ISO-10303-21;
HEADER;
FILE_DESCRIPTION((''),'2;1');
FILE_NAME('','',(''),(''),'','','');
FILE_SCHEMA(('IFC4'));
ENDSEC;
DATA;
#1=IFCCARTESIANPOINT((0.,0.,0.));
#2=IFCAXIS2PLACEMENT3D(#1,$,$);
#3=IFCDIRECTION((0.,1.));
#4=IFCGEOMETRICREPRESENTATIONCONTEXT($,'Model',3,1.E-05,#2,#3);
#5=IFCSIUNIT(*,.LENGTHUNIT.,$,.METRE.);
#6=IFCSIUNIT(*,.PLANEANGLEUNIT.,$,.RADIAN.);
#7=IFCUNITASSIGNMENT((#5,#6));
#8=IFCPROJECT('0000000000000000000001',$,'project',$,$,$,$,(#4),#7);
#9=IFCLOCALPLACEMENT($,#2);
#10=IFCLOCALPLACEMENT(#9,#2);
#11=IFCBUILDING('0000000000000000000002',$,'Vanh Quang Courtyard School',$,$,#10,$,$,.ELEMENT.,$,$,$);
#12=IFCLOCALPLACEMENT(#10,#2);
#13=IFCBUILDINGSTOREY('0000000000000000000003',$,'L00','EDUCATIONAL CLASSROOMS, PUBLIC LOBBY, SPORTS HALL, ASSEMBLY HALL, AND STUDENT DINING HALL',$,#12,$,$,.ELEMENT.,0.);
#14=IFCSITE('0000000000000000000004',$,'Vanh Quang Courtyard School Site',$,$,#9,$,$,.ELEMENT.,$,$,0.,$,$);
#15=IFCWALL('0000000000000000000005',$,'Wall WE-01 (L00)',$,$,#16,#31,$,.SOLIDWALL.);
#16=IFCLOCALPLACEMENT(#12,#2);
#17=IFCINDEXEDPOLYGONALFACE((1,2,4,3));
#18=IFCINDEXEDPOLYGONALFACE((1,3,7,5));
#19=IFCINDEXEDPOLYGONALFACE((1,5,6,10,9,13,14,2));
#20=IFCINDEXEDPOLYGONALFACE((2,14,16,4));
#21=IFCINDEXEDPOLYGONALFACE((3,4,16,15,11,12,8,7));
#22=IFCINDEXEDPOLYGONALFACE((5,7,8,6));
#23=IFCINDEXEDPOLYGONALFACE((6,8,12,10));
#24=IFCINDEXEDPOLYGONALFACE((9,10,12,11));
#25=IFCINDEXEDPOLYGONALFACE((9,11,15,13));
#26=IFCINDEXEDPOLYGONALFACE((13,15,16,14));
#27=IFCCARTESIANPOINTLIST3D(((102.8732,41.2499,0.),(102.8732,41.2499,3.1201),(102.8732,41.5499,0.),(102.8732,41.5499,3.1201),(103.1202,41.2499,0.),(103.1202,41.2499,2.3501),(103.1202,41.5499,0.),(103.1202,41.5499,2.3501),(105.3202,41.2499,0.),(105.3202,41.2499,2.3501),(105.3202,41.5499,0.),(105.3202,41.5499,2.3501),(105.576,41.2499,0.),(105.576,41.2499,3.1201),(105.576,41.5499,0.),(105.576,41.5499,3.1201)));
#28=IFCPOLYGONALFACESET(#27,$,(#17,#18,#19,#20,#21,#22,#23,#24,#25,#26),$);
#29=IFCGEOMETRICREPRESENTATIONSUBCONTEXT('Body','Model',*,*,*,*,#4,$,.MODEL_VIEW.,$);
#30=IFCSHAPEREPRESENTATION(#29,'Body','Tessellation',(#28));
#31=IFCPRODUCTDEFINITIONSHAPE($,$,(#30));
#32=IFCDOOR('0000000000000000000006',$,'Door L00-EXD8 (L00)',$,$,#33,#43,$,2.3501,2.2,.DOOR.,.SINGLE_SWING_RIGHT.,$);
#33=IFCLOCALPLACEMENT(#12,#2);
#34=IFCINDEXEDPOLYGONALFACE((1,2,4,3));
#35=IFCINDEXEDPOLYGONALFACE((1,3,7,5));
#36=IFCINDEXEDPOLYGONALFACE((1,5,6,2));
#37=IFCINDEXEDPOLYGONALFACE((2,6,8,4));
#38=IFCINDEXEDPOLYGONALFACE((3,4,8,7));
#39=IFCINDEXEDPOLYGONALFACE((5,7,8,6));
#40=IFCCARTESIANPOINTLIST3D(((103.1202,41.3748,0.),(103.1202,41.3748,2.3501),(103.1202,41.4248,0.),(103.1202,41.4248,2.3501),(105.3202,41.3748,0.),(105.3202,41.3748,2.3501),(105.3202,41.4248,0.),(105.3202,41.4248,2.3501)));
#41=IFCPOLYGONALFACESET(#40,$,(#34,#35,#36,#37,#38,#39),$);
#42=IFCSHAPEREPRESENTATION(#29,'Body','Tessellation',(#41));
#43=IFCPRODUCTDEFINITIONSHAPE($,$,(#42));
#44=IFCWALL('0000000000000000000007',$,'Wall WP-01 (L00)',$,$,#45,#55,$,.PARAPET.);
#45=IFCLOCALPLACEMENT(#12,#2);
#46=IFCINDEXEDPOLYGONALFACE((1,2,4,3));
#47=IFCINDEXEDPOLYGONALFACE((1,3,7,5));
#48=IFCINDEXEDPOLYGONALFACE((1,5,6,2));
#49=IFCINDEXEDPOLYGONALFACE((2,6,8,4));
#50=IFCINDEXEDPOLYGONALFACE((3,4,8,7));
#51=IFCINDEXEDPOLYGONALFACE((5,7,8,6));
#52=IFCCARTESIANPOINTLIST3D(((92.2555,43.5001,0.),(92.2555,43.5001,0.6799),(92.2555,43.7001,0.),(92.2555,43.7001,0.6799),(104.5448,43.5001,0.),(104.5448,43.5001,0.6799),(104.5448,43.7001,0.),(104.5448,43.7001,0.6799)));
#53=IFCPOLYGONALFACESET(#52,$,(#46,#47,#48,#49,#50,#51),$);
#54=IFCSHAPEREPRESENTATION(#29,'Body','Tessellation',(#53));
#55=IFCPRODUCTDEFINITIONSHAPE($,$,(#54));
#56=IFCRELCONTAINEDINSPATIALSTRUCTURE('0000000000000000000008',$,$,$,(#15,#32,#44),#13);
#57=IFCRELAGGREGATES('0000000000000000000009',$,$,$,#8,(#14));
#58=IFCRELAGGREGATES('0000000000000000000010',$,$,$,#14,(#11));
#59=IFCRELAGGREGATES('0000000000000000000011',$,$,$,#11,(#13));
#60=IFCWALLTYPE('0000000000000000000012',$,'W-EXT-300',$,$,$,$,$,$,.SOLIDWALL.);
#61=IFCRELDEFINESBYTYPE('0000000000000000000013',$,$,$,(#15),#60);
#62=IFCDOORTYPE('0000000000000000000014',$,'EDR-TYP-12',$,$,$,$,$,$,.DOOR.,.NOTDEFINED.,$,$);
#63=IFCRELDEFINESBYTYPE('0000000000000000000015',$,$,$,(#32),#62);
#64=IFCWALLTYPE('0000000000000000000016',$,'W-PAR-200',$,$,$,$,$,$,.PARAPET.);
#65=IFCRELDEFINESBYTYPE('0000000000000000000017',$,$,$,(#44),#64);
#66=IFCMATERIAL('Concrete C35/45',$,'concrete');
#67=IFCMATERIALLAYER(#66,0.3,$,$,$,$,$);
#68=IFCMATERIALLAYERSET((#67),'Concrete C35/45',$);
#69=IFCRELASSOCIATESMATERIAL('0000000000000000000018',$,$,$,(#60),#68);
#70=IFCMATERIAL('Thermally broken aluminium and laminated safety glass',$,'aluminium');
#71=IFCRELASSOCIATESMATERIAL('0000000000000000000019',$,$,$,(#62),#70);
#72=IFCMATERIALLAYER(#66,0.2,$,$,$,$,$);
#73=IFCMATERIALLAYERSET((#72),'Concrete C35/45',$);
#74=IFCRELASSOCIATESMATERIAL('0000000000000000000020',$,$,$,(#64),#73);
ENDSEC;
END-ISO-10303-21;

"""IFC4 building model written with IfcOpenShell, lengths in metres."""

from ifc_helpers import new_model, si_unit, direction, frame, frame_2d, origin, place, context, subcontext, project, spatial, rectangle, extrude, material, layer, layer_set, type_object, element, fill, save


model = new_model("IFC4")

# Units and contexts
model_context = context("Model", 3, precision=1e-05, world=origin(), true_north=direction((0.0, 1.0)))
body_context = subcontext(model_context, "Body", "Model", "MODEL_VIEW")
ifc_project = project(units=[si_unit("LENGTHUNIT", "METRE"), si_unit("PLANEANGLEUNIT", "RADIAN")], contexts=[model_context])

# Site, building, storey
site_placement = place(None, origin())
site = spatial("IfcSite", under=ifc_project, at=site_placement, Name="Vanh Quang Courtyard School Site", CompositionType="ELEMENT", RefElevation=0.0)
building_placement = place(site_placement, origin())
building = spatial("IfcBuilding", under=site, at=building_placement, Name="Vanh Quang Courtyard School", CompositionType="ELEMENT")
storey_placement = place(building_placement, origin())
storey = spatial("IfcBuildingStorey", under=building, at=storey_placement, Name="L00", Description="EDUCATIONAL CLASSROOMS, PUBLIC LOBBY, SPORTS HALL, ASSEMBLY HALL, AND STUDENT DINING HALL", CompositionType="ELEMENT", Elevation=0.0)

# Shared definitions
ifc_material_1 = material(Name="Concrete C35/45", Category="concrete")

# Wall, opening, door
ifc_layer_1 = layer(ifc_material_1, 0.3)
ifc_layer_set_1 = layer_set([ifc_layer_1], Name="Concrete C35/45")
wall_type_1 = type_object("IfcWallType", Name="W-EXT-300", PredefinedType="SOLIDWALL", material=ifc_layer_set_1)
wall_1_placement = place(storey_placement, frame((102.873, 41.3999, 0.0), z_axis=(0.0, 0.0, 1.0), x_axis=(1.0, 0.0, 0.0)))
wall_1 = element("IfcWall", 1, at=wall_1_placement, inside=storey, type_object=wall_type_1, Name="Wall WE-01 (L00)", PredefinedType="SOLIDWALL", context=body_context, shape_type="SweptSolid", body=[
    extrude(rectangle(XDim=2.7029, YDim=0.3, at=frame_2d((1.3516, 0.0))), origin(), (0.0, 0.0, 1.0), 3.1201),
])
opening_placement = place(wall_1_placement, frame((0.2471, 0.0, 0.0)))
opening = element("IfcOpeningElement", 2, at=opening_placement, cuts=wall_1, PredefinedType="OPENING", context=body_context, shape_type="SweptSolid", body=[
    extrude(rectangle(XDim=2.2, YDim=2.3501, at=frame_2d((1.1001, 1.175))), frame((0.0, 0.1602, 0.0), z_axis=(0.0, -1.0, 0.0), x_axis=(1.0, 0.0, 0.0)), (0.0, 0.0, 1.0), 0.3201),
])
ifc_material_2 = material(Name="Thermally broken aluminium and laminated safety glass", Category="aluminium")
door_type = type_object("IfcDoorType", Name="EDR-TYP-12", OperationType="NOTDEFINED", PredefinedType="DOOR", material=ifc_material_2)
door_placement = place(opening_placement, origin())
door = element("IfcDoor", 3, at=door_placement, inside=storey, type_object=door_type, Name="Door L00-EXD8 (L00)", OperationType="SINGLE_SWING_RIGHT", OverallHeight=2.3501, OverallWidth=2.2, PredefinedType="DOOR", context=body_context, shape_type="SweptSolid", body=[
    extrude(rectangle(XDim=2.2, YDim=2.3501, at=frame_2d((1.1001, 1.175))), frame((0.0, 0.0249, 0.0), z_axis=(0.0, -1.0, 0.0), x_axis=(1.0, 0.0, 0.0)), (0.0, 0.0, 1.0), 0.05),
])
fill(opening, door)

# Wall
ifc_layer_2 = layer(ifc_material_1, 0.2)
ifc_layer_set_2 = layer_set([ifc_layer_2], Name="Concrete C35/45")
wall_type_2 = type_object("IfcWallType", Name="W-PAR-200", PredefinedType="PARAPET", material=ifc_layer_set_2)
wall_2_placement = place(storey_placement, frame((104.5447, 43.6001, 0.0), z_axis=(0.0, 0.0, 1.0), x_axis=(-1.0, 0.0, 0.0)))
element("IfcWall", 4, at=wall_2_placement, inside=storey, type_object=wall_type_2, Name="Wall WP-01 (L00)", PredefinedType="PARAPET", context=body_context, shape_type="SweptSolid", body=[
    extrude(rectangle(XDim=12.2893, YDim=0.2, at=frame_2d((6.1445, 0.0))), origin(), (0.0, 0.0, 1.0), 0.6799),
])

save(model, "model.ifc")
